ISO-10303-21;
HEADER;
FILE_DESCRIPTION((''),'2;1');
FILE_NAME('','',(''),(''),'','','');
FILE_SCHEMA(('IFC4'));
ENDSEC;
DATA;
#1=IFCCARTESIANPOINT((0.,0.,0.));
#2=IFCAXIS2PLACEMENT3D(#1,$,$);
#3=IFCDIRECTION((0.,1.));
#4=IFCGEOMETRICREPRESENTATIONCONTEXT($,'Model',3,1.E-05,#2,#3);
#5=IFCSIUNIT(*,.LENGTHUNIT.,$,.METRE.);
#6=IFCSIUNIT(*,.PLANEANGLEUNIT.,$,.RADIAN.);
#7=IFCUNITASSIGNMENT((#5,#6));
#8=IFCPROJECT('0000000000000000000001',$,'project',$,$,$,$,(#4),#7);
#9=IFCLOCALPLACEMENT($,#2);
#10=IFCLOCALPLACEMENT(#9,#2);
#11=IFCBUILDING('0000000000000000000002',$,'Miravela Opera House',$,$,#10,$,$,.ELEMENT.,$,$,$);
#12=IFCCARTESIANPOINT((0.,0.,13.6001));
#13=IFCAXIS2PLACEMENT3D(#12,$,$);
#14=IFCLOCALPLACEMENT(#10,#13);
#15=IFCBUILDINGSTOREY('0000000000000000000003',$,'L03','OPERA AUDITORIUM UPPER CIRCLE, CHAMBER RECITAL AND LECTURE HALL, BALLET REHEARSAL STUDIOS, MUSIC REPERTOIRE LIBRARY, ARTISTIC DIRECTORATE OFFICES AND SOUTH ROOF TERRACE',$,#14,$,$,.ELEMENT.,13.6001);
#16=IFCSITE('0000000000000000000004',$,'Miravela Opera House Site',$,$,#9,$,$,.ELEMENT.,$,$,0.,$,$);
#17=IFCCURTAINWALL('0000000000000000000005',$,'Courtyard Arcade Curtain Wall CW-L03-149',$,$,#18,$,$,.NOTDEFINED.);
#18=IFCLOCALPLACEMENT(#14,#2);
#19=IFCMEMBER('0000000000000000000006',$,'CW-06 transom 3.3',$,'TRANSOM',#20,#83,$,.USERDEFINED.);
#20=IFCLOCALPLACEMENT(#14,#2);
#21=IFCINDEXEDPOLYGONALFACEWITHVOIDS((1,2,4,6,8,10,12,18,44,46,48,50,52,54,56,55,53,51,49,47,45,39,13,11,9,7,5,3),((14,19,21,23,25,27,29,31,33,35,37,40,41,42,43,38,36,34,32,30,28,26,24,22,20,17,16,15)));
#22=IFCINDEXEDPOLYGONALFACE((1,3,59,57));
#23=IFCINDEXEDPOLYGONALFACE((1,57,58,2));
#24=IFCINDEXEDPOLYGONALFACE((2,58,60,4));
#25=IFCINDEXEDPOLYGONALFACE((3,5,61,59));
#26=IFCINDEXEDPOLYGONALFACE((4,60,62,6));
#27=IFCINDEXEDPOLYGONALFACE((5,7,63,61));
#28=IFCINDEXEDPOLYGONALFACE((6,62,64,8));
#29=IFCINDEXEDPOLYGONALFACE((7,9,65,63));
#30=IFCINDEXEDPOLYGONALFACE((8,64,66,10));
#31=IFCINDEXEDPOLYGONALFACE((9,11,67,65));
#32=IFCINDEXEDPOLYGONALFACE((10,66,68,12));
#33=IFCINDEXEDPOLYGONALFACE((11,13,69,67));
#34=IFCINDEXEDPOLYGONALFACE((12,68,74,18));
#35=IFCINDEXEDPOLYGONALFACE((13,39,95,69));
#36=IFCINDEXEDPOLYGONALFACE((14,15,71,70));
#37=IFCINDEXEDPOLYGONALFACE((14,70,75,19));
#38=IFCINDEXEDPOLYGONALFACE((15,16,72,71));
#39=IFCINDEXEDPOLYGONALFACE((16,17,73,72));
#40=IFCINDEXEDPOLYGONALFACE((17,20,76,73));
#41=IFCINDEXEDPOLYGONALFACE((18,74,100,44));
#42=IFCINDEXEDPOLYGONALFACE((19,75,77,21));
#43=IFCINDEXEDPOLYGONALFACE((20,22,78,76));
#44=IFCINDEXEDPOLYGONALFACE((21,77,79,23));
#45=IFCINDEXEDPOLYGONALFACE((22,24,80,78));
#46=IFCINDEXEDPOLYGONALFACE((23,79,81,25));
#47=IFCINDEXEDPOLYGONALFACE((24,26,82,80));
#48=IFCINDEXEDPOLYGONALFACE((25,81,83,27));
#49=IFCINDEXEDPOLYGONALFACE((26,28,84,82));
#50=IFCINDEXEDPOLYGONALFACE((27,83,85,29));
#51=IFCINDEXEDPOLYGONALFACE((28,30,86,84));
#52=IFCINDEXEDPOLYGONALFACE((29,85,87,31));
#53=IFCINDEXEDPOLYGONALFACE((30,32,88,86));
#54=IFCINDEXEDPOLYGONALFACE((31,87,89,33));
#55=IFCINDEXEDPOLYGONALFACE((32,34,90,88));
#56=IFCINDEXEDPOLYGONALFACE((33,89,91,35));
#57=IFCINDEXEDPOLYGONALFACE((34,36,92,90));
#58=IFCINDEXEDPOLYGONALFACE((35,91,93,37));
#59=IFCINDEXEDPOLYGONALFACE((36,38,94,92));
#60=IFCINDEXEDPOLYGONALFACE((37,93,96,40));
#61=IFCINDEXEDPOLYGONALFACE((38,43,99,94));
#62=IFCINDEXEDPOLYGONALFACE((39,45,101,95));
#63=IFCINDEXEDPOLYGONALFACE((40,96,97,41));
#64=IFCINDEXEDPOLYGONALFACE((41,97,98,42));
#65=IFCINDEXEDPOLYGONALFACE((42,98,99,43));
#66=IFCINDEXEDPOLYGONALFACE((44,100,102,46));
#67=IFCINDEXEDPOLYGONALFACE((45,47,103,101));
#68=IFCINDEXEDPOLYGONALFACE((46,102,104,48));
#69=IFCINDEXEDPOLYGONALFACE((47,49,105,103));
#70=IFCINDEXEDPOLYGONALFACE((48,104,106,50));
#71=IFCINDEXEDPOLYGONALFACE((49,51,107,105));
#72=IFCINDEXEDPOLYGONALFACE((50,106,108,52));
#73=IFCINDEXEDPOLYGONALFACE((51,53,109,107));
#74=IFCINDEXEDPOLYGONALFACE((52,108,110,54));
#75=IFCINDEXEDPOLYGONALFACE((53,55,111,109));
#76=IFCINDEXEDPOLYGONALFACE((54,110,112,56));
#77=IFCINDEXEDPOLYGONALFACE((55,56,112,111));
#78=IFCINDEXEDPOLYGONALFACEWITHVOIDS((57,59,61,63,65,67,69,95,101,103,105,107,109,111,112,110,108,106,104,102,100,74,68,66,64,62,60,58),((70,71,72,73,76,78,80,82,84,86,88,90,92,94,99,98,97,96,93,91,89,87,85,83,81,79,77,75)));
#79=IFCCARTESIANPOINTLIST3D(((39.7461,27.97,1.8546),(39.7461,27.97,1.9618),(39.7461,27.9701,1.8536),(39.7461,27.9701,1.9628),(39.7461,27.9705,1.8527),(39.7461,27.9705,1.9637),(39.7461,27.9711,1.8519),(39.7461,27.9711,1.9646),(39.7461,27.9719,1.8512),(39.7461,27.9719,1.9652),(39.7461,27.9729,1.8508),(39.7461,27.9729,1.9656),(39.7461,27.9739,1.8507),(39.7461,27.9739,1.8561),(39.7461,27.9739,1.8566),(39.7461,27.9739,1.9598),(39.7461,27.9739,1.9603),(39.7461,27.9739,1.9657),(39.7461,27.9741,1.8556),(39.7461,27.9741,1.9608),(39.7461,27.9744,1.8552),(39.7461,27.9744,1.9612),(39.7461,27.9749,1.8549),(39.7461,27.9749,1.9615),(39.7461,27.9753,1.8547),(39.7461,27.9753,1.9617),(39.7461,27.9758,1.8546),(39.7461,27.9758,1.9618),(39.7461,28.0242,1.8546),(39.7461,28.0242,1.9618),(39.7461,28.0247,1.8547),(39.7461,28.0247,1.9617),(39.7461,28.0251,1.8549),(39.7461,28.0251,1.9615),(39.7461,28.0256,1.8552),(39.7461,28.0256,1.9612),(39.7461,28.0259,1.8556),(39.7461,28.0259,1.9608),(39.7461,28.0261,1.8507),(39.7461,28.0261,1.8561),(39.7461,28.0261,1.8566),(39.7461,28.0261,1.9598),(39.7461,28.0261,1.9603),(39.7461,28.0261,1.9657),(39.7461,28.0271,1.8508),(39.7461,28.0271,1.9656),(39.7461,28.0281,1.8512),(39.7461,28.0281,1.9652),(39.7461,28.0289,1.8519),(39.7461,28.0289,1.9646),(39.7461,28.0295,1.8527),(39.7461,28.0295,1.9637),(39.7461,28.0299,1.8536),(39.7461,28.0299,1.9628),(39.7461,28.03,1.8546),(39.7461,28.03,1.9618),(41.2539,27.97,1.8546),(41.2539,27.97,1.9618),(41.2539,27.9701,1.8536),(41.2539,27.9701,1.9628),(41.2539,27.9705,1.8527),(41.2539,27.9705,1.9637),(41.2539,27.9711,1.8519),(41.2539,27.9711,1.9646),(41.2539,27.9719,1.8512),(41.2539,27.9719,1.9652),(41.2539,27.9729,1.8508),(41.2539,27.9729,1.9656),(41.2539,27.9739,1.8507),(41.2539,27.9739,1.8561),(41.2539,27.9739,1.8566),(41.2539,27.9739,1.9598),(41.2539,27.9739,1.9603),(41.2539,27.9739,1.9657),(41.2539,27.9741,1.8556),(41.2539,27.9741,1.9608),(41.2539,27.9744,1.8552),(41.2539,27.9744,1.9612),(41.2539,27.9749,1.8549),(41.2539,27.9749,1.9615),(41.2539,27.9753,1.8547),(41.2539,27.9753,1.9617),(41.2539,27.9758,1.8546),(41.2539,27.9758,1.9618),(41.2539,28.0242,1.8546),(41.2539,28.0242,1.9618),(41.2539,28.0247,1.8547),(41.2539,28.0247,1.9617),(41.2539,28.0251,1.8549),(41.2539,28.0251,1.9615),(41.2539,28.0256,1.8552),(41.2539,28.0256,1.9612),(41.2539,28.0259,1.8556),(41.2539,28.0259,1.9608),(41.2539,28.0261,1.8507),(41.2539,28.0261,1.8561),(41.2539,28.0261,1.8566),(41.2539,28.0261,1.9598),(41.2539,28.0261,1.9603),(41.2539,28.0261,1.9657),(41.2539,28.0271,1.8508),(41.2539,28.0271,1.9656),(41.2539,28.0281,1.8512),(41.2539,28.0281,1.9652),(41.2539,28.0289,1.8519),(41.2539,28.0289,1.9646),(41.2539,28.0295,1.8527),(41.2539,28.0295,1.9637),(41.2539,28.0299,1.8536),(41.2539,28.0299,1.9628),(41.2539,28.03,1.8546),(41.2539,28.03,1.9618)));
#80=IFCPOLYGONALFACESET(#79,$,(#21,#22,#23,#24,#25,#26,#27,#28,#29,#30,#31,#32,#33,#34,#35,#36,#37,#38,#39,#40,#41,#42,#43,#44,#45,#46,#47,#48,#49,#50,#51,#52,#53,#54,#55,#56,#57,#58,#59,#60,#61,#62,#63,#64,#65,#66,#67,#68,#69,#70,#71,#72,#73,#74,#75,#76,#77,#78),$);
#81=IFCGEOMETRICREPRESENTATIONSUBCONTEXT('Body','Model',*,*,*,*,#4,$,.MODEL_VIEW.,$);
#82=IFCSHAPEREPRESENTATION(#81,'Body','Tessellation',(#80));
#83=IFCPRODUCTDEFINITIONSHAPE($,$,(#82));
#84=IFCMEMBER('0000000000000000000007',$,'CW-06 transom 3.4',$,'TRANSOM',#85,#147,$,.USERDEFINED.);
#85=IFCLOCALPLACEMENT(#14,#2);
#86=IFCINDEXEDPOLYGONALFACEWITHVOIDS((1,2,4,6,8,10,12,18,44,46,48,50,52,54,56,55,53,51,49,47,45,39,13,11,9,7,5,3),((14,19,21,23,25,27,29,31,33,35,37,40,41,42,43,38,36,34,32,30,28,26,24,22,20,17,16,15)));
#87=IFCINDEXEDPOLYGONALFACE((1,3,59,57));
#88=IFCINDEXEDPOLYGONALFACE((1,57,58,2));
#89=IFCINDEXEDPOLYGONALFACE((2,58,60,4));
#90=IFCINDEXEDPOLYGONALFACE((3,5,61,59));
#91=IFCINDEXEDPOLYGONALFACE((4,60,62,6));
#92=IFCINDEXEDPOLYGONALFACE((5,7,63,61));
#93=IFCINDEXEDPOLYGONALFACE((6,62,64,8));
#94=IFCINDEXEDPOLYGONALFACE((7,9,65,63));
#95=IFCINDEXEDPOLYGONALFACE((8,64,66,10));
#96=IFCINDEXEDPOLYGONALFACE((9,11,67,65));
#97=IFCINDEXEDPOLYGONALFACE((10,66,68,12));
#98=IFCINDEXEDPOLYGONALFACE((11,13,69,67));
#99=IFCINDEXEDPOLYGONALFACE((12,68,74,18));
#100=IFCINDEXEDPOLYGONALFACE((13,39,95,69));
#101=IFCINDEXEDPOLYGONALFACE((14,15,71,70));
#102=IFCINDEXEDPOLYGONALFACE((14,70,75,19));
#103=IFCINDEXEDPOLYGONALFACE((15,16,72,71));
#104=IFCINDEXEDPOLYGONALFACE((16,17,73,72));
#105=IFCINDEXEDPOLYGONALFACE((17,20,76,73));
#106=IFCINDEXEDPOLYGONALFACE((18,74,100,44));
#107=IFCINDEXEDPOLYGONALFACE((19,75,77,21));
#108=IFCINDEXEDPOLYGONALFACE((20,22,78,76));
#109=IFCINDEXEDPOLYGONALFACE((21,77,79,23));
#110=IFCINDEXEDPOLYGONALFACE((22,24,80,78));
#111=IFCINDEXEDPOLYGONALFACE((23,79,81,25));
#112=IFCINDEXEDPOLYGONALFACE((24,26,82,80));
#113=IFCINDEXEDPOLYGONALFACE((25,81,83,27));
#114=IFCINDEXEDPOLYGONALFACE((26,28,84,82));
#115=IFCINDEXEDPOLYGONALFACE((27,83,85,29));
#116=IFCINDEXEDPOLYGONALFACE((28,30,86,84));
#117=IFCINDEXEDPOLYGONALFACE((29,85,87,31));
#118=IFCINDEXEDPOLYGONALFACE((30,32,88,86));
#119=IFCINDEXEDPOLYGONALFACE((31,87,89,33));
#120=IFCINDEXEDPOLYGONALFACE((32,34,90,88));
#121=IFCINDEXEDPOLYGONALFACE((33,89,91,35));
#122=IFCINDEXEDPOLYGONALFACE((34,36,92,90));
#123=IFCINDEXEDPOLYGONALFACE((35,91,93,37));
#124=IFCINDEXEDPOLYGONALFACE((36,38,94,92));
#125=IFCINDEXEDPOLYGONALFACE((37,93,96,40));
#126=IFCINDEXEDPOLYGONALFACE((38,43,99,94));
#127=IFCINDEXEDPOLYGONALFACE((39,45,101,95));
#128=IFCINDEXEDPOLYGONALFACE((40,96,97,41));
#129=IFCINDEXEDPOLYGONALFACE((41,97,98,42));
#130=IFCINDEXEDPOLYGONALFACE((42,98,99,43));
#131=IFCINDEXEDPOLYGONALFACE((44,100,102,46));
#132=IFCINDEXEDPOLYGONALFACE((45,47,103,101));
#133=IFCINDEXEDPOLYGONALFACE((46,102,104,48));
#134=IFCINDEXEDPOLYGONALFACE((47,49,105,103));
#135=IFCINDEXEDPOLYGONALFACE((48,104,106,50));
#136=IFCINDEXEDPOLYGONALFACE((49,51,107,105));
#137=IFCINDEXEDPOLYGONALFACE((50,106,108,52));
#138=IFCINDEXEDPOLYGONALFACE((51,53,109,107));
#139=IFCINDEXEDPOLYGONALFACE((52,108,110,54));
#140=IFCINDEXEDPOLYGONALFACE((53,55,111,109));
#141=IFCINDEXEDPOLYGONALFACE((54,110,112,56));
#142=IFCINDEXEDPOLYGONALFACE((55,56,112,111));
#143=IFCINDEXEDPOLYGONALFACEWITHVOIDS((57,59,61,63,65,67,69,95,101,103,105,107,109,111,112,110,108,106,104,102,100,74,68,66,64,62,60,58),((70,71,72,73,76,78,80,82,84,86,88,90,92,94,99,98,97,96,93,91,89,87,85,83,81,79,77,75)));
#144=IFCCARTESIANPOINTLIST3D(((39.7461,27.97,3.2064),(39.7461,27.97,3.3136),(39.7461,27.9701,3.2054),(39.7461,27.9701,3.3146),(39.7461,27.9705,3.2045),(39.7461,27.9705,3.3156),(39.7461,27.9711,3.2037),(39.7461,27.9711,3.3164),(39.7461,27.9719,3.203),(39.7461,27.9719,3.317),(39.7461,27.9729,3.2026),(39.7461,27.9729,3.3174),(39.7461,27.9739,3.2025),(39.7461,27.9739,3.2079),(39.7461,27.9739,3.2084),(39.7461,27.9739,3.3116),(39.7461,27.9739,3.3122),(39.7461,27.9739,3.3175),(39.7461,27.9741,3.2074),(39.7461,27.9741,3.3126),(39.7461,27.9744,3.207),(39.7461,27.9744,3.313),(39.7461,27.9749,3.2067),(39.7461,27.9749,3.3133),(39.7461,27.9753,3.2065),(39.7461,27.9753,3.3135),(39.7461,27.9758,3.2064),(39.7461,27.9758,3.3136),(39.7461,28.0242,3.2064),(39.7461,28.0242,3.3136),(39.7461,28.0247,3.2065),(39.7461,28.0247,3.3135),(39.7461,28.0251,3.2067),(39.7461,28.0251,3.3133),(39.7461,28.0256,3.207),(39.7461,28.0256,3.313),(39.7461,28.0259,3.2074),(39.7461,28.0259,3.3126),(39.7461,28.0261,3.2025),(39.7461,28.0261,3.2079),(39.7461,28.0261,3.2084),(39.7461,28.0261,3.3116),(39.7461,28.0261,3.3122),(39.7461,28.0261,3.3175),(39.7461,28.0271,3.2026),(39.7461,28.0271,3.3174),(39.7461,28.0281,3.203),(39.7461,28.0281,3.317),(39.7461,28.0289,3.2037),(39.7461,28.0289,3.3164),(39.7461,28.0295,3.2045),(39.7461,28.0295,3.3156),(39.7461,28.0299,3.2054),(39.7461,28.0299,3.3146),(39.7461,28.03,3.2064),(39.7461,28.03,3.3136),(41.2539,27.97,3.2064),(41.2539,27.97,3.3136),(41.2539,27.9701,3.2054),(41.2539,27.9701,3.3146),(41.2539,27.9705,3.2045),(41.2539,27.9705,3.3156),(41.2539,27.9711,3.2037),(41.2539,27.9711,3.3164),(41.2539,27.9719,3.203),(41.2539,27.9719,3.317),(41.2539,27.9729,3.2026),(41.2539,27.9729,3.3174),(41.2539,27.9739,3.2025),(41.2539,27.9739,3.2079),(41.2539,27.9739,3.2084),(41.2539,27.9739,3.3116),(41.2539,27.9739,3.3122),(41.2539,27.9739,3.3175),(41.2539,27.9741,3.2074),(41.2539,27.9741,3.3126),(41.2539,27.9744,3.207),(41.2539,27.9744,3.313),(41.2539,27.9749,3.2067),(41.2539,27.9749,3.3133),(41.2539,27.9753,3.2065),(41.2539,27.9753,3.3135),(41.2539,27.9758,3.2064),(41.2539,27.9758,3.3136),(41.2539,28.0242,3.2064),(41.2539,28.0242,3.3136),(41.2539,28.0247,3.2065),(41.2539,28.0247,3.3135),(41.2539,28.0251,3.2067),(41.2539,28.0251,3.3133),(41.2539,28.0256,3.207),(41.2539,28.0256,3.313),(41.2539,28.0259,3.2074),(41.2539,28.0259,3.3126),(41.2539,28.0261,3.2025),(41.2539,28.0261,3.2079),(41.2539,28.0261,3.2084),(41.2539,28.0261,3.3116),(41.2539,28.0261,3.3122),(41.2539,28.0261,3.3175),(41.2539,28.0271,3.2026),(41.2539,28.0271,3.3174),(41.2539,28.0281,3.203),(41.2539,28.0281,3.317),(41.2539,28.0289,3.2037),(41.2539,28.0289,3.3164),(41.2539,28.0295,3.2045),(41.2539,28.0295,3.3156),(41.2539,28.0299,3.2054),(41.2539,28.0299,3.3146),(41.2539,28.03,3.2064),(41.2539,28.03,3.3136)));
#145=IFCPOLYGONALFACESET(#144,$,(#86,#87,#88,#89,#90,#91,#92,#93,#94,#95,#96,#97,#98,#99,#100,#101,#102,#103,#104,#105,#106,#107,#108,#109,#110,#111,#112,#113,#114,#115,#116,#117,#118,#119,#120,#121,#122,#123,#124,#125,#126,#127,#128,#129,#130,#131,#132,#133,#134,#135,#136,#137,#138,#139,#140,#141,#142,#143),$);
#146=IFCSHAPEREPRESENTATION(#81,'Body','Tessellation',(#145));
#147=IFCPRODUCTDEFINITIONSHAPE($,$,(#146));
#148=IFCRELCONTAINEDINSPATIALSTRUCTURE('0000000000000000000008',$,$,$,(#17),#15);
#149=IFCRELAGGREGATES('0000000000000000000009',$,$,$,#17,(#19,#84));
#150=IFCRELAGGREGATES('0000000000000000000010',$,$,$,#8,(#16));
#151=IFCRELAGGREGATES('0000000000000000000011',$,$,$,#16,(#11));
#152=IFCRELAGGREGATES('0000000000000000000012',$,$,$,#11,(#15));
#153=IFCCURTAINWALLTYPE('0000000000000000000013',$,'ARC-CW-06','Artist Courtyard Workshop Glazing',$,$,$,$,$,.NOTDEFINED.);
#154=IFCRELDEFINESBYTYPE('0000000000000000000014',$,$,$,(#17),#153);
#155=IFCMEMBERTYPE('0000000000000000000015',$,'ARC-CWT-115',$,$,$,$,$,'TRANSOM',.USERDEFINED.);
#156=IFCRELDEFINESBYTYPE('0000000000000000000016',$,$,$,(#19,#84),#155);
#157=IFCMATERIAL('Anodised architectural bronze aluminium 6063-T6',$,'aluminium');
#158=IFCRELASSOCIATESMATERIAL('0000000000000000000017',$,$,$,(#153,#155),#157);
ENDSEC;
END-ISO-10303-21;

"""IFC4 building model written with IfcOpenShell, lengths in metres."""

from ifc_helpers import new_model, si_unit, direction, frame, origin, origin_2d, place, context, subcontext, project, spatial, hollow_rectangle, extrude, material, material_profile, profile_set, type_object, element, aggregate, save


model = new_model("IFC4")

# Units and contexts
model_context = context("Model", 3, precision=1e-05, world=origin(), true_north=direction((0.0, 1.0)))
body_context = subcontext(model_context, "Body", "Model", "MODEL_VIEW")
ifc_project = project(units=[si_unit("LENGTHUNIT", "METRE"), si_unit("PLANEANGLEUNIT", "RADIAN")], contexts=[model_context])

# Site, building, storey
site_placement = place(None, origin())
site = spatial("IfcSite", under=ifc_project, at=site_placement, Name="Miravela Opera House Site", CompositionType="ELEMENT", RefElevation=0.0)
building_placement = place(site_placement, origin())
building = spatial("IfcBuilding", under=site, at=building_placement, Name="Miravela Opera House", CompositionType="ELEMENT")
storey_placement = place(building_placement, frame((0.0, 0.0, 13.6001)))
storey = spatial("IfcBuildingStorey", under=building, at=storey_placement, Name="L03", Description="OPERA AUDITORIUM UPPER CIRCLE, CHAMBER RECITAL AND LECTURE HALL, BALLET REHEARSAL STUDIOS, MUSIC REPERTOIRE LIBRARY, ARTISTIC DIRECTORATE OFFICES AND SOUTH ROOF TERRACE", CompositionType="ELEMENT", Elevation=13.6001)

# Curtain wall, members
ifc_material_1 = material(Name="Anodised architectural bronze aluminium 6063-T6", Category="aluminium")
curtain_wall_type = type_object("IfcCurtainWallType", Name="ARC-CW-06", Description="Artist Courtyard Workshop Glazing", PredefinedType="NOTDEFINED", material=ifc_material_1)
curtain_wall_placement = place(storey_placement, origin())
curtain_wall = element("IfcCurtainWall", 1, at=curtain_wall_placement, inside=storey, type_object=curtain_wall_type, Name="Courtyard Arcade Curtain Wall CW-L03-149", PredefinedType="NOTDEFINED")
ifc_material_profile_1 = material_profile(ifc_material_1, hollow_rectangle(XDim=0.0601, YDim=0.115, WallThickness=0.0039, InnerFilletRadius=0.002, OuterFilletRadius=0.0039, at=origin_2d()), Name="CWT-60X115")
ifc_profile_set_1 = profile_set([ifc_material_profile_1])
member_type_1 = type_object("IfcMemberType", Name="ARC-CWT-115", ElementType="TRANSOM", PredefinedType="USERDEFINED", material=ifc_profile_set_1)
member_1_placement = place(storey_placement, frame((39.7461, 28.0, 1.9082), z_axis=(1.0, 0.0, 0.0), x_axis=(0.0, 1.0, 0.0)))
member_1 = element("IfcMember", 2, at=member_1_placement, type_object=member_type_1, Name="CW-06 transom 3.3", ObjectType="TRANSOM", PredefinedType="USERDEFINED", context=body_context, shape_type="SweptSolid", body=[
    extrude(hollow_rectangle(XDim=0.0601, YDim=0.115, WallThickness=0.0039, InnerFilletRadius=0.002, OuterFilletRadius=0.0039, at=origin_2d()), origin(), (0.0, 0.0, 1.0), 1.5078),
])
member_2_placement = place(storey_placement, frame((39.7461, 28.0, 3.26), z_axis=(1.0, 0.0, 0.0), x_axis=(0.0, 1.0, 0.0)))
member_2 = element("IfcMember", 3, at=member_2_placement, type_object=member_type_1, Name="CW-06 transom 3.4", ObjectType="TRANSOM", PredefinedType="USERDEFINED", context=body_context, shape_type="SweptSolid", body=[
    extrude(hollow_rectangle(XDim=0.0601, YDim=0.115, WallThickness=0.0039, InnerFilletRadius=0.002, OuterFilletRadius=0.0039, at=origin_2d()), origin(), (0.0, 0.0, 1.0), 1.5078),
])

aggregate(curtain_wall, [member_1, member_2])

save(model, "model.ifc")
